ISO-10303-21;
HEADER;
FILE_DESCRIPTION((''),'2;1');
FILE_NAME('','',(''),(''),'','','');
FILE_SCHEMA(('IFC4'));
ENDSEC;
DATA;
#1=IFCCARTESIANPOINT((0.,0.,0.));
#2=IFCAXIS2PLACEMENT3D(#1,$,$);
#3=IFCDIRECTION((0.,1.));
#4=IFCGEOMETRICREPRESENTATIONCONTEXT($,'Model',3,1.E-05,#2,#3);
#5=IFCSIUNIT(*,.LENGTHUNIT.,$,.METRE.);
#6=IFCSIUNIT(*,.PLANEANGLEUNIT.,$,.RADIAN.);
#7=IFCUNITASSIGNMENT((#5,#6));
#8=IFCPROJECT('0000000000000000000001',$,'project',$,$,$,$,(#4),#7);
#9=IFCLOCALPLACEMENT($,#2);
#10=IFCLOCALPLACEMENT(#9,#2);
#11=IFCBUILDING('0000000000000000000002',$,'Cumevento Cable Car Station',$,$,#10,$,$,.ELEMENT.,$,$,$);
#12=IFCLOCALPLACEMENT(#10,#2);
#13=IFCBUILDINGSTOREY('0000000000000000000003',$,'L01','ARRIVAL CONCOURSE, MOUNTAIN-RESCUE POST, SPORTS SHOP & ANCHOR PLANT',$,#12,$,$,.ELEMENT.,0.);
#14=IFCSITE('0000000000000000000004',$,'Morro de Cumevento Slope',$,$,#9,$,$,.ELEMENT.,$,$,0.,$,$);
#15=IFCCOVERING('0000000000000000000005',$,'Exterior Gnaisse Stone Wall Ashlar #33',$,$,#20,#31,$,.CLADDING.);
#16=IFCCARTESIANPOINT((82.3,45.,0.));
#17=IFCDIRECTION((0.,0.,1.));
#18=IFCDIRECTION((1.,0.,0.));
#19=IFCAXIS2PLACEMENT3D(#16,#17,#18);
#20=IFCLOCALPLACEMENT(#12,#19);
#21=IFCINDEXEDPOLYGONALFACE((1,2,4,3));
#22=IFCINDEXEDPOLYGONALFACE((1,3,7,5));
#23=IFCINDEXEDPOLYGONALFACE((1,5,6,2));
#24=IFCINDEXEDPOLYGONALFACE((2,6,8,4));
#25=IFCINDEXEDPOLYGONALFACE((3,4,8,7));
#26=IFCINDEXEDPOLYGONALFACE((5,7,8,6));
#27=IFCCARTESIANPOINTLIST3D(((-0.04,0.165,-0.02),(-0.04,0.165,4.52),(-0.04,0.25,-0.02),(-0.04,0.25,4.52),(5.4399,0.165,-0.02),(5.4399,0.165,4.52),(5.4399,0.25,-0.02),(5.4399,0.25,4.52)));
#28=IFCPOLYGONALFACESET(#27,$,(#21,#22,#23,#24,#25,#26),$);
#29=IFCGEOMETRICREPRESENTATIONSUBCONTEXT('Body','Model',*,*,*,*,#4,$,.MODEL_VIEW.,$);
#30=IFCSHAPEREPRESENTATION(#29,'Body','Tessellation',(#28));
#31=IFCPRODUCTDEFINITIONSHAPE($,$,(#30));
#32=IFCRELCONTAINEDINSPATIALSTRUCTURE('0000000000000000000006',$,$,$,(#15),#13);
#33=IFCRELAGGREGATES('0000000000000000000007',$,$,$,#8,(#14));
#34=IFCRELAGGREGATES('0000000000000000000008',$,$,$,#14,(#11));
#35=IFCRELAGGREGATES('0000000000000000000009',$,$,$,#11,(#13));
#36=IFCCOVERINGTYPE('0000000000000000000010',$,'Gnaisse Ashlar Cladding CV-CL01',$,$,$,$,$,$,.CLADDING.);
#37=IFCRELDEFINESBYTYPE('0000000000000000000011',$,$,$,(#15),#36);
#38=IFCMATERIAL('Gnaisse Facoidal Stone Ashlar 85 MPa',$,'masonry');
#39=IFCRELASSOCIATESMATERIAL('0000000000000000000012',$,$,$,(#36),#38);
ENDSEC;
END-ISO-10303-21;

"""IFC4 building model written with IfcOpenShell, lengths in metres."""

from ifc_helpers import new_model, si_unit, direction, frame, origin, place, context, subcontext, project, spatial, polyline, outline, extrude, material, type_object, element, save


model = new_model("IFC4")

# Units and contexts
model_context = context("Model", 3, precision=1e-05, world=origin(), true_north=direction((0.0, 1.0)))
body_context = subcontext(model_context, "Body", "Model", "MODEL_VIEW")
ifc_project = project(units=[si_unit("LENGTHUNIT", "METRE"), si_unit("PLANEANGLEUNIT", "RADIAN")], contexts=[model_context])

# Site, building, storey
site_placement = place(None, origin())
site = spatial("IfcSite", under=ifc_project, at=site_placement, Name="Morro de Cumevento Slope", CompositionType="ELEMENT", RefElevation=0.0)
building_placement = place(site_placement, origin())
building = spatial("IfcBuilding", under=site, at=building_placement, Name="Cumevento Cable Car Station", CompositionType="ELEMENT")
storey_placement = place(building_placement, origin())
storey = spatial("IfcBuildingStorey", under=building, at=storey_placement, Name="L01", Description="ARRIVAL CONCOURSE, MOUNTAIN-RESCUE POST, SPORTS SHOP & ANCHOR PLANT", CompositionType="ELEMENT", Elevation=0.0)

# Covering
ifc_material_1 = material(Name="Gnaisse Facoidal Stone Ashlar 85 MPa", Category="masonry")
covering_type = type_object("IfcCoveringType", Name="Gnaisse Ashlar Cladding CV-CL01", PredefinedType="CLADDING", material=ifc_material_1)
covering_1_placement = place(storey_placement, frame((82.3, 45.0, 0.0), z_axis=(0.0, 0.0, 1.0), x_axis=(1.0, 0.0, 0.0)))
element("IfcCovering", 1, at=covering_1_placement, inside=storey, type_object=covering_type, Name="Exterior Gnaisse Stone Wall Ashlar #33", PredefinedType="CLADDING", context=body_context, shape_type="SweptSolid", body=[
    extrude(outline(polyline([(-0.04, -0.02), (5.4399, -0.02), (5.4399, 4.52), (-0.04, 4.52), (-0.04, -0.02)])), frame((0.0, 0.25, 0.0), z_axis=(0.0, -1.0, 0.0), x_axis=(1.0, 0.0, 0.0)), (0.0, 0.0, 1.0), 0.085),
])

save(model, "model.ifc")
